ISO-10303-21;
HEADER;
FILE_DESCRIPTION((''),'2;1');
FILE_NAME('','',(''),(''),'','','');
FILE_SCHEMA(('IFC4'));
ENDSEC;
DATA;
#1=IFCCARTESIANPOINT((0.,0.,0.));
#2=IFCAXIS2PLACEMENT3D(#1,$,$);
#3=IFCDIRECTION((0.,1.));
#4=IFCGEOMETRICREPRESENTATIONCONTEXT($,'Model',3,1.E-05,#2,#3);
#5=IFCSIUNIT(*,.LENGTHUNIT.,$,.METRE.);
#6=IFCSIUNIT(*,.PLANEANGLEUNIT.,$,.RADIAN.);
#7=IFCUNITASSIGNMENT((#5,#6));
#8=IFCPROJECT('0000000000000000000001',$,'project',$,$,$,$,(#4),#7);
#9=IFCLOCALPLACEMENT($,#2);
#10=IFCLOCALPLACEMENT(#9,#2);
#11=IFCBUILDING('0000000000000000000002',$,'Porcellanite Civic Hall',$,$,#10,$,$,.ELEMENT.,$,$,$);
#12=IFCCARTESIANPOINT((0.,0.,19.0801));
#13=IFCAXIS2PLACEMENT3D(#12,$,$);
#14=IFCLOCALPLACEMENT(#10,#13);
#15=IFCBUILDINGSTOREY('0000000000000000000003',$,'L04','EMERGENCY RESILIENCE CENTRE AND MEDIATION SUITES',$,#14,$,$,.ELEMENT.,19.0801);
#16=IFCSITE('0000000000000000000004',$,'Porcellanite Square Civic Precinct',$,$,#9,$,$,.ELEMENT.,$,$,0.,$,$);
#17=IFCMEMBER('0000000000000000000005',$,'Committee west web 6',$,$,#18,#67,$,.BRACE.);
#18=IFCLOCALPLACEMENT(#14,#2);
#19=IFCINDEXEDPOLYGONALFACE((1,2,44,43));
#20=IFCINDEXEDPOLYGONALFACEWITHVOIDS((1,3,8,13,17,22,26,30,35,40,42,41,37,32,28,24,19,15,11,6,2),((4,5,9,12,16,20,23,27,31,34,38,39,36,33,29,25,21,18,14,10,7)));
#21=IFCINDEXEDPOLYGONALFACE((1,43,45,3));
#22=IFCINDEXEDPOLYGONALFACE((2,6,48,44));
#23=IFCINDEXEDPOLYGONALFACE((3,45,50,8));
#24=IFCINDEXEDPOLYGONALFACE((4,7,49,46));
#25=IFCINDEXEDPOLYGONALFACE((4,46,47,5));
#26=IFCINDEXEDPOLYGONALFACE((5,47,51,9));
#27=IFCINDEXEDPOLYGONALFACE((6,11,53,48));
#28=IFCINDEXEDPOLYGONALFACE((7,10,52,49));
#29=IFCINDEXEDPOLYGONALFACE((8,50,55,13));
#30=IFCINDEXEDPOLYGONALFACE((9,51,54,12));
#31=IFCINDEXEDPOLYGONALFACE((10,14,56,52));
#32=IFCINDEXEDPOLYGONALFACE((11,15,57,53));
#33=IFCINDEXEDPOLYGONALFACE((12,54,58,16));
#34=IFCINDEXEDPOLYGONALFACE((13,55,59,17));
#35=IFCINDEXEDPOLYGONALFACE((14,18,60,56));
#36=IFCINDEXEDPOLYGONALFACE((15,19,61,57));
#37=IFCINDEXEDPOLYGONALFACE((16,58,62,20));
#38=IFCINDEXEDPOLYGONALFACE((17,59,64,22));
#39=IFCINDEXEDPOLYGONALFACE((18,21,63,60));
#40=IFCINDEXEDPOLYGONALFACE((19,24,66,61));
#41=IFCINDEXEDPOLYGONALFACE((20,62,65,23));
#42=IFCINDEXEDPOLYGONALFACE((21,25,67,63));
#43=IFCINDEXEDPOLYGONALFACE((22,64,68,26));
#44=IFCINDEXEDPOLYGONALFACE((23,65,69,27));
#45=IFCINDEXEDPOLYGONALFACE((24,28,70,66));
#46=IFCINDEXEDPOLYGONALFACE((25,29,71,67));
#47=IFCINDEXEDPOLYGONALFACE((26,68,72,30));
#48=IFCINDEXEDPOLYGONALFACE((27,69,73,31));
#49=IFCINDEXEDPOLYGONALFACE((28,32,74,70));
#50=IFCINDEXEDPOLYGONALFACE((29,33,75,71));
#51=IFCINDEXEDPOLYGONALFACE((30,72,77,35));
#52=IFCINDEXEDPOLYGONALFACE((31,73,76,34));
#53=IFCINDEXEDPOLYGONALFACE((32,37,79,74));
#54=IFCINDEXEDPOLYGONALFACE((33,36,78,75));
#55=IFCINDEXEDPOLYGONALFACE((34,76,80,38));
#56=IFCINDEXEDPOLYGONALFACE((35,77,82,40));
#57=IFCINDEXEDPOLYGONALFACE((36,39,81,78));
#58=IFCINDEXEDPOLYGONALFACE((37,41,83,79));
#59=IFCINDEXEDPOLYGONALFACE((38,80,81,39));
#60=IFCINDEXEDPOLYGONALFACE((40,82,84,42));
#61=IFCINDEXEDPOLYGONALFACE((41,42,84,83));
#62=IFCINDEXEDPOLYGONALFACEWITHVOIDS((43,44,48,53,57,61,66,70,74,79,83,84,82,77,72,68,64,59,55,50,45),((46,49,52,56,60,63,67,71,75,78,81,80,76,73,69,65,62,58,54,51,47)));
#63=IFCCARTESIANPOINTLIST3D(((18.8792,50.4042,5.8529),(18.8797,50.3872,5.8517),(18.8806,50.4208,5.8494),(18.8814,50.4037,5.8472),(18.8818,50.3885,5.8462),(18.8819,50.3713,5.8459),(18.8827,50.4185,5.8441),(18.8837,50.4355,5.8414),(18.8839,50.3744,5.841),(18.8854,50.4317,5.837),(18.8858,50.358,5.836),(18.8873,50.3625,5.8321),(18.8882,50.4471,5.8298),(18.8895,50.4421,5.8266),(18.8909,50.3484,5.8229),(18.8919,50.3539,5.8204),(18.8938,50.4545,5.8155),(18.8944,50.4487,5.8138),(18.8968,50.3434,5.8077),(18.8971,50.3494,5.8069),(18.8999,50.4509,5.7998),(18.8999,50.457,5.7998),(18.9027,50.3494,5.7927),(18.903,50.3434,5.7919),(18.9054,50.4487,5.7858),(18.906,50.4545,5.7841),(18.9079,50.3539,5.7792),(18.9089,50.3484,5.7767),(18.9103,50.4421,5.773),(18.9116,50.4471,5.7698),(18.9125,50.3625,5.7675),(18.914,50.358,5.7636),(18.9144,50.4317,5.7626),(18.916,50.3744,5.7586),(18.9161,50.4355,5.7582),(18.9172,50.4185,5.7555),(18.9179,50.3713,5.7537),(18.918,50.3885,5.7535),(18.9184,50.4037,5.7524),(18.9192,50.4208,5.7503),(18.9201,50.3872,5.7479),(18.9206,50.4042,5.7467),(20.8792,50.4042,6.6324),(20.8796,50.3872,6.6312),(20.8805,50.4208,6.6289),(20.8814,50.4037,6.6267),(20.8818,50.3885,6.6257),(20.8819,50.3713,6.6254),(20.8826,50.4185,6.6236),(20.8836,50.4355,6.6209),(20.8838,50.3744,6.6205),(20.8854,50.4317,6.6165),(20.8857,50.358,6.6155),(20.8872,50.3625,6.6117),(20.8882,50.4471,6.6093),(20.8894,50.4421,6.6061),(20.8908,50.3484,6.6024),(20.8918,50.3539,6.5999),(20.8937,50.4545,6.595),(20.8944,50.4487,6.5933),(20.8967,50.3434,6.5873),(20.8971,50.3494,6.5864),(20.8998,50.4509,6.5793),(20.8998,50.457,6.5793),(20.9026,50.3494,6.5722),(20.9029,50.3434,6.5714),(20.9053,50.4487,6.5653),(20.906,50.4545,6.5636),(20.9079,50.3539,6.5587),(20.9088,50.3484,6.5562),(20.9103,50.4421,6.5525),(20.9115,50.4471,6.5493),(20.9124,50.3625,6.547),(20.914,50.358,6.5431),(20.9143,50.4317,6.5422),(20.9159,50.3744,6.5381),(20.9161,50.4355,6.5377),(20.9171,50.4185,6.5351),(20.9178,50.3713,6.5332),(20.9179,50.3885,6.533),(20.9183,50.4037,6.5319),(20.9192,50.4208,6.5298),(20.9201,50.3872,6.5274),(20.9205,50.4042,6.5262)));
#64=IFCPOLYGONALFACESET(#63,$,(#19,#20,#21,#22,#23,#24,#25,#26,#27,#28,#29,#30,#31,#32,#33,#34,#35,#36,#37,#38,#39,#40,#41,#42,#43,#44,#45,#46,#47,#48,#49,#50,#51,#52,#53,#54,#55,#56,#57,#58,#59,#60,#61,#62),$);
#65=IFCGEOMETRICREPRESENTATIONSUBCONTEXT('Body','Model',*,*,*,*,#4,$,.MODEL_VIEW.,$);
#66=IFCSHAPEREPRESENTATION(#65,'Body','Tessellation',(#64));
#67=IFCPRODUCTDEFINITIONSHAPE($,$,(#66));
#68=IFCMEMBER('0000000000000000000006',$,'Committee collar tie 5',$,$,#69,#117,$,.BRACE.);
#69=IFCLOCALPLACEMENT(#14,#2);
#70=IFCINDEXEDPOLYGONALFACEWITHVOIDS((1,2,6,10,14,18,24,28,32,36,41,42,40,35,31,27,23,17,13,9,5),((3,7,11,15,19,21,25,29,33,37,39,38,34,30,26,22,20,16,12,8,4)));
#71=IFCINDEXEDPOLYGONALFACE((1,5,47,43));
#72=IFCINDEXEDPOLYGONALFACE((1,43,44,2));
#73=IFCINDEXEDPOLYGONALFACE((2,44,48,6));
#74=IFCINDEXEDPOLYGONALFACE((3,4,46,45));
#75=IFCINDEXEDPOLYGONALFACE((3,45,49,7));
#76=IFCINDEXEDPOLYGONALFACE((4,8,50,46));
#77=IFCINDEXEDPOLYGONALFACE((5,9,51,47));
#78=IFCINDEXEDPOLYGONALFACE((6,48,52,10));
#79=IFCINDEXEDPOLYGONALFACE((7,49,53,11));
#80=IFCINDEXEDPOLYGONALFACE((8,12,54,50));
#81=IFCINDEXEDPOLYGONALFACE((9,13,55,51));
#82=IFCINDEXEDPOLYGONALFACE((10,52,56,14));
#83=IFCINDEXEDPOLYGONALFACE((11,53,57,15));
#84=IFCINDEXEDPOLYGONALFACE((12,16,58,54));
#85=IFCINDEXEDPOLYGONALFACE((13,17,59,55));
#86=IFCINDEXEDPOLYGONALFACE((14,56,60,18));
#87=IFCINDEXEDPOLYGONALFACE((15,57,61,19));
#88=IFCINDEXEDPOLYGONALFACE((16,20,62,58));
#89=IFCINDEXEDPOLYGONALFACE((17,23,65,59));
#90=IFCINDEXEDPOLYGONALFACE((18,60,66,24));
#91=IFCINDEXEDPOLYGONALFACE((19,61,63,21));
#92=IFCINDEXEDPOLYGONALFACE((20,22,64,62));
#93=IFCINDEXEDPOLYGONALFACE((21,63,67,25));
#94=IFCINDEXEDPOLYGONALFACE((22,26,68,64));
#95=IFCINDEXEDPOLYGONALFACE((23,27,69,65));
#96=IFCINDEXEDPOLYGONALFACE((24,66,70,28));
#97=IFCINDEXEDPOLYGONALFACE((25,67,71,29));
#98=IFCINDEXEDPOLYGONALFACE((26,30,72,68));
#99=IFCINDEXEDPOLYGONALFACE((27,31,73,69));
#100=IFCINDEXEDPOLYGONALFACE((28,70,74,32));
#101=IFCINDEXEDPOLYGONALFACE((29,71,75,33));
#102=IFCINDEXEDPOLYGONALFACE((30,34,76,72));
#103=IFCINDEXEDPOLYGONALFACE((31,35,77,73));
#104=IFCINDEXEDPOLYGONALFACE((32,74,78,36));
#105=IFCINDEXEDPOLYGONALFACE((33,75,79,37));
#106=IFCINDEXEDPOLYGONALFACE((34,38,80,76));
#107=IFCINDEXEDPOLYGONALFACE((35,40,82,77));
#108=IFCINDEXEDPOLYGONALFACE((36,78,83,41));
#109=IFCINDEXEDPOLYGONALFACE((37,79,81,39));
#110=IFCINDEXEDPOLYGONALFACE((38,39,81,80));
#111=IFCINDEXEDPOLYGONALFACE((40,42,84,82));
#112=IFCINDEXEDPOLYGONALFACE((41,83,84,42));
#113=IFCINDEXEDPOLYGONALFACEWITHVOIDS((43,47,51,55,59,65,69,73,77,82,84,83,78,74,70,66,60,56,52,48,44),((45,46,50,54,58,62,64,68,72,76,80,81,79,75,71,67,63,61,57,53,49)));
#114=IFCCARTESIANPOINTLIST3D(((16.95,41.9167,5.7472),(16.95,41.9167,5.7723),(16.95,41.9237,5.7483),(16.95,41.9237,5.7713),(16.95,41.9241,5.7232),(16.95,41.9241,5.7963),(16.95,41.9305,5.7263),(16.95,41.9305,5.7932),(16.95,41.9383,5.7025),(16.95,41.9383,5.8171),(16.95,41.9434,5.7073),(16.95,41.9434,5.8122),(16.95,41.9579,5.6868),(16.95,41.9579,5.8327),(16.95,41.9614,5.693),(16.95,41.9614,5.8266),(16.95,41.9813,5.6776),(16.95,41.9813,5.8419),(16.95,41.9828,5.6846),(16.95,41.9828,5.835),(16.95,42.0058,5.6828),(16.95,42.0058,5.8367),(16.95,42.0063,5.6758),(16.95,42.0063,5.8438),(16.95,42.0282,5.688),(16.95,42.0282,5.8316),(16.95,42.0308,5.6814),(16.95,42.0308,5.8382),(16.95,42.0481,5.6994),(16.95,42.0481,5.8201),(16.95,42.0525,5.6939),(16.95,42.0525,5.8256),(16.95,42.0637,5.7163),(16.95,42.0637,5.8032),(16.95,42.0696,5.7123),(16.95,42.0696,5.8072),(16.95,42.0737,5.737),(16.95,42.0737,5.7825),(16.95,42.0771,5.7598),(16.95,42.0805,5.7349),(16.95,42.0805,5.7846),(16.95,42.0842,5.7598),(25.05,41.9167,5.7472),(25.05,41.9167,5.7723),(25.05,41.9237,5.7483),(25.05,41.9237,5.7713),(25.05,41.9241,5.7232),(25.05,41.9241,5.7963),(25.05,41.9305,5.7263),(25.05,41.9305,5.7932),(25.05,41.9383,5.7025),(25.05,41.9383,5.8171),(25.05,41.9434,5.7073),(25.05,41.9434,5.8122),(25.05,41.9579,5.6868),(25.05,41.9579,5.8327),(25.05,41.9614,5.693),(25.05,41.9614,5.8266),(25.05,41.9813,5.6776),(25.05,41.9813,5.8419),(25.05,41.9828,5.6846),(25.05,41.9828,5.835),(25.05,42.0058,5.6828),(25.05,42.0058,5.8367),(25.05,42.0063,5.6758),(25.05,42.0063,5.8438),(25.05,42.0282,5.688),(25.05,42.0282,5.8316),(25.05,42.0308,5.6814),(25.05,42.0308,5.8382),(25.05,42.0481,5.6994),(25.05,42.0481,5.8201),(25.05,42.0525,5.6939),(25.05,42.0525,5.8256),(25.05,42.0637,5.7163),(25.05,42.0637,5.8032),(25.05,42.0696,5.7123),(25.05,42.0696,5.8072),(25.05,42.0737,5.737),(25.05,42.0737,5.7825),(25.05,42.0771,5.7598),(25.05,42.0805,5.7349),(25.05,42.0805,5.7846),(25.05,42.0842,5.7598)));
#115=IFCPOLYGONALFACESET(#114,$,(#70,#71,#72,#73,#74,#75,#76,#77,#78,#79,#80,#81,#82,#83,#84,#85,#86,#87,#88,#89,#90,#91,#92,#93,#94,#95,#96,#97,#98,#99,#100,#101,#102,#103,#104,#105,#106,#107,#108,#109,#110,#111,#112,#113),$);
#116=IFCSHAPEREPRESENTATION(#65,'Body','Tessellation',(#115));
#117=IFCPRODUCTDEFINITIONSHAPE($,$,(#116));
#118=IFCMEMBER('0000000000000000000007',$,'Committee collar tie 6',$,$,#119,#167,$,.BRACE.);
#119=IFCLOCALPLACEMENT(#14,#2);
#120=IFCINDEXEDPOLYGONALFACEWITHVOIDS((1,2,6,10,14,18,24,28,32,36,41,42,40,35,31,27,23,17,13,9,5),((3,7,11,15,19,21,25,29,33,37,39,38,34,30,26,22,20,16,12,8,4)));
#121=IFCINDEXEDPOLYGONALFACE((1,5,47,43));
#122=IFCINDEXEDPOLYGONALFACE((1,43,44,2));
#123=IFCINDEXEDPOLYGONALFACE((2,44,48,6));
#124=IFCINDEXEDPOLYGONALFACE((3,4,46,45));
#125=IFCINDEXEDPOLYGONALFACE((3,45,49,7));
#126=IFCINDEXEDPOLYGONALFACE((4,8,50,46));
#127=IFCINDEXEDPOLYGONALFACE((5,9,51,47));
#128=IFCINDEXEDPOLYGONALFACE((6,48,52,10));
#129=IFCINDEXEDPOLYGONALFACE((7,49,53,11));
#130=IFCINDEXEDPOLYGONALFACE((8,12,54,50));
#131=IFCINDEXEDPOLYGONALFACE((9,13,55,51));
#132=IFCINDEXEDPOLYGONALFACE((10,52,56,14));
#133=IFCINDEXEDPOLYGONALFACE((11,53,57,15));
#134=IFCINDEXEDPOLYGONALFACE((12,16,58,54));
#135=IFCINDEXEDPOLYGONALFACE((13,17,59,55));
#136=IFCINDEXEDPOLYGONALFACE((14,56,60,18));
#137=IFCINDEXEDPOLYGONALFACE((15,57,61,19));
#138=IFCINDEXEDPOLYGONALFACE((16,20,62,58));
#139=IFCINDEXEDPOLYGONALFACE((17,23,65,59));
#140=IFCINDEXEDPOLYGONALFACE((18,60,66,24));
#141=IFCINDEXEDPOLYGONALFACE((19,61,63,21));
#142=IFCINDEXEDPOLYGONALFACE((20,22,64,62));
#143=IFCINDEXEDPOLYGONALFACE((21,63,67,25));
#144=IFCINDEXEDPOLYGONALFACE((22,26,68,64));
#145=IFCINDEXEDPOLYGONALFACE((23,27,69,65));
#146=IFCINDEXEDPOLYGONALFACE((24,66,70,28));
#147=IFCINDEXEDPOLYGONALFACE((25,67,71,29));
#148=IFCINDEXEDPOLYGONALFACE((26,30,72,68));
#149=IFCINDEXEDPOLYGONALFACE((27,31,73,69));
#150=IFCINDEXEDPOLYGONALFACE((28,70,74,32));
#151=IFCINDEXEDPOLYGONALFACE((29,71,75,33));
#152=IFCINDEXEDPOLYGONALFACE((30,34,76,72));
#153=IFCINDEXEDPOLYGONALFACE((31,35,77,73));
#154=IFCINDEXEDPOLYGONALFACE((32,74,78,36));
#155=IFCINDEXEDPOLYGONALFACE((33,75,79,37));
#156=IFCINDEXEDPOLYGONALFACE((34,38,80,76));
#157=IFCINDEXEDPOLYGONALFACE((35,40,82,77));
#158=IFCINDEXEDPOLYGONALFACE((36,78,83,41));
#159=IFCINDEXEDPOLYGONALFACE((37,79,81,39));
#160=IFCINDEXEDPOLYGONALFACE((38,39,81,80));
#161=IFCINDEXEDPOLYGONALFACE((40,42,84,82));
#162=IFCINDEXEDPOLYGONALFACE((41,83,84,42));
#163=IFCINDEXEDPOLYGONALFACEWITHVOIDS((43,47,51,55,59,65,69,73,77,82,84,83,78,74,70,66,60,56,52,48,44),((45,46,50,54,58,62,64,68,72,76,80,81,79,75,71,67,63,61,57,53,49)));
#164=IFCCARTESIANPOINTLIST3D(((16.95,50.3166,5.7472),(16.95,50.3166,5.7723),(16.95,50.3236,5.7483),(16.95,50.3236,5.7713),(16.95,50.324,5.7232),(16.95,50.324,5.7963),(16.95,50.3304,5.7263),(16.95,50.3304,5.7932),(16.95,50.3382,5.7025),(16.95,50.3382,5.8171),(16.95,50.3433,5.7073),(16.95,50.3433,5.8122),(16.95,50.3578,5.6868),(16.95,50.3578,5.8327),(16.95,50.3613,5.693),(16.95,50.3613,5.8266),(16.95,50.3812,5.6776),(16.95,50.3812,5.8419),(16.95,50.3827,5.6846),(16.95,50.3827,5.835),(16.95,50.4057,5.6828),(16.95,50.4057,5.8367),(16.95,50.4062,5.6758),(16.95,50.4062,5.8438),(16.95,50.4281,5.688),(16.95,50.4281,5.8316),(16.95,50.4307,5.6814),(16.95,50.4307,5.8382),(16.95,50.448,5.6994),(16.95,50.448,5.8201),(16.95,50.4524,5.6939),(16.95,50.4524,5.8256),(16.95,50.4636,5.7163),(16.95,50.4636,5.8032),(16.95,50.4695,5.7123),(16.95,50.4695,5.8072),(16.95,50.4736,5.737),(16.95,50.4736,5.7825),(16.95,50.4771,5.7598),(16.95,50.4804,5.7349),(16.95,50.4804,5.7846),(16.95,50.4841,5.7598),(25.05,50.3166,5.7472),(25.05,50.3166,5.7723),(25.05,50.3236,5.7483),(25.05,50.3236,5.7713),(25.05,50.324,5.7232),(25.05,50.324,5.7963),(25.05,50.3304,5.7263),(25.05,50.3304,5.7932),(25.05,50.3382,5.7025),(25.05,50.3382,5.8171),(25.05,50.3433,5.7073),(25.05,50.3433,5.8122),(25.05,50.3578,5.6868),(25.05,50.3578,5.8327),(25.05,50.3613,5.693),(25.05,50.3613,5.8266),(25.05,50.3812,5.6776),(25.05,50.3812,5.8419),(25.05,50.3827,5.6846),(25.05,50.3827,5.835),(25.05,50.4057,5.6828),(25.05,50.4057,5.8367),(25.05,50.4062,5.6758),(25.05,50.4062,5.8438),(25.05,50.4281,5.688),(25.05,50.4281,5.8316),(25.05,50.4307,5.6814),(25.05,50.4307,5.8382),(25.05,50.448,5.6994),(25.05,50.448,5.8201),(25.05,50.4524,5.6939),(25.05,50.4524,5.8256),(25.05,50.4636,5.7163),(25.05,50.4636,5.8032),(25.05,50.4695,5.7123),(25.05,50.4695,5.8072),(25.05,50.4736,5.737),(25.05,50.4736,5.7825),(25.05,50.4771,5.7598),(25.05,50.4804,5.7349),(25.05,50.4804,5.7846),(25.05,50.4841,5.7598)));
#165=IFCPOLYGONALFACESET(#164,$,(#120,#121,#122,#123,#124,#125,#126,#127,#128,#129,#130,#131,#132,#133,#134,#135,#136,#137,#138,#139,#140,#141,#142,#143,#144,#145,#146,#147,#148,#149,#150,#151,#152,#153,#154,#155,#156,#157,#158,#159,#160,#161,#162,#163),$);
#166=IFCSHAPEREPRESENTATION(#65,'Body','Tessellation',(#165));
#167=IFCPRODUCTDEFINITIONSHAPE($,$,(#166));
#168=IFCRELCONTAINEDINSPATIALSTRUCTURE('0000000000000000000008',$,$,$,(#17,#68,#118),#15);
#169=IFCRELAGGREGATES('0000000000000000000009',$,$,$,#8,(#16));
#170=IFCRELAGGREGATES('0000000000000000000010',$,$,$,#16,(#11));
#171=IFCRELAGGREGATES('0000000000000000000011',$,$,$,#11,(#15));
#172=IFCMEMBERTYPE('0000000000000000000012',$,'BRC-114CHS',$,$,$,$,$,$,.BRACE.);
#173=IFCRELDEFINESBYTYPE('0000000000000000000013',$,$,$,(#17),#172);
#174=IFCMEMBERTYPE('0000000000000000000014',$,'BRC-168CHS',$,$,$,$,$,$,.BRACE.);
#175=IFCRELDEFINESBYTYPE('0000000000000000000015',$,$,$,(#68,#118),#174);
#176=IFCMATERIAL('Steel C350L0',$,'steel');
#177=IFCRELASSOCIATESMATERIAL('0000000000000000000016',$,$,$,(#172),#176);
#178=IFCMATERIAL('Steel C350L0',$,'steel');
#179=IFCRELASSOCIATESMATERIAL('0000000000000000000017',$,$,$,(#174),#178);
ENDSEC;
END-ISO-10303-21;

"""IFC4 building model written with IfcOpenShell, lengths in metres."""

from ifc_helpers import new_model, si_unit, direction, frame, origin, origin_2d, place, context, subcontext, project, spatial, hollow_circle, extrude, material, material_profile, profile_set, type_object, element, save


model = new_model("IFC4")

# Units and contexts
model_context = context("Model", 3, precision=1e-05, world=origin(), true_north=direction((0.0, 1.0)))
body_context = subcontext(model_context, "Body", "Model", "MODEL_VIEW")
ifc_project = project(units=[si_unit("LENGTHUNIT", "METRE"), si_unit("PLANEANGLEUNIT", "RADIAN")], contexts=[model_context])

# Site, building, storey
site_placement = place(None, origin())
site = spatial("IfcSite", under=ifc_project, at=site_placement, Name="Porcellanite Square Civic Precinct", CompositionType="ELEMENT", RefElevation=0.0)
building_placement = place(site_placement, origin())
building = spatial("IfcBuilding", under=site, at=building_placement, Name="Porcellanite Civic Hall", CompositionType="ELEMENT")
storey_placement = place(building_placement, frame((0.0, 0.0, 19.0801)))
storey = spatial("IfcBuildingStorey", under=building, at=storey_placement, Name="L04", Description="EMERGENCY RESILIENCE CENTRE AND MEDIATION SUITES", CompositionType="ELEMENT", Elevation=19.0801)

# Members
ifc_material_1 = material(Name="Steel C350L0", Category="steel")
ifc_material_profile_1 = material_profile(ifc_material_1, hollow_circle(Radius=0.0571, WallThickness=0.0061, at=origin_2d()), Name="114.3x6.0CHS")
ifc_profile_set_1 = profile_set([ifc_material_profile_1], Name="Steel C350L0")
member_type_1 = type_object("IfcMemberType", Name="BRC-114CHS", PredefinedType="BRACE", material=ifc_profile_set_1)
for number, where, z_axis, x_axis, name in (
    (1, (18.8999, 50.3999, 5.7998), (0.931727, 0.0, 0.36316), (0.0, 1.0, 0.0), "Committee west web 6"),
):
    element("IfcMember", number, at=place(storey_placement, frame(where, z_axis=z_axis, x_axis=x_axis)), inside=storey, type_object=member_type_1, Name=name, PredefinedType="BRACE", context=body_context, shape_type="SweptSolid", body=[
        extrude(hollow_circle(Radius=0.0571, WallThickness=0.0061, at=origin_2d()), origin(), (0.0, 0.0, 1.0), 2.1465),
    ])
ifc_material_2 = material(Name="Steel C350L0", Category="steel")
ifc_material_profile_2 = material_profile(ifc_material_2, hollow_circle(Radius=0.0842, WallThickness=0.0071, at=origin_2d()), Name="168.3x7.1CHS")
ifc_profile_set_2 = profile_set([ifc_material_profile_2], Name="Steel C350L0")
member_type_2 = type_object("IfcMemberType", Name="BRC-168CHS", PredefinedType="BRACE", material=ifc_profile_set_2)
for number, where, z_axis, x_axis, name in (
    (2, (16.95, 42.0, 5.7598), (1.0, 0.0, 0.0), (0.0, 1.0, 0.0), "Committee collar tie 5"),
    (3, (16.95, 50.3999, 5.7598), (1.0, 0.0, 0.0), (0.0, 1.0, 0.0), "Committee collar tie 6"),
):
    element("IfcMember", number, at=place(storey_placement, frame(where, z_axis=z_axis, x_axis=x_axis)), inside=storey, type_object=member_type_2, Name=name, PredefinedType="BRACE", context=body_context, shape_type="SweptSolid", body=[
        extrude(hollow_circle(Radius=0.0842, WallThickness=0.0071, at=origin_2d()), origin(), (0.0, 0.0, 1.0), 8.1001),
    ])

save(model, "model.ifc")
